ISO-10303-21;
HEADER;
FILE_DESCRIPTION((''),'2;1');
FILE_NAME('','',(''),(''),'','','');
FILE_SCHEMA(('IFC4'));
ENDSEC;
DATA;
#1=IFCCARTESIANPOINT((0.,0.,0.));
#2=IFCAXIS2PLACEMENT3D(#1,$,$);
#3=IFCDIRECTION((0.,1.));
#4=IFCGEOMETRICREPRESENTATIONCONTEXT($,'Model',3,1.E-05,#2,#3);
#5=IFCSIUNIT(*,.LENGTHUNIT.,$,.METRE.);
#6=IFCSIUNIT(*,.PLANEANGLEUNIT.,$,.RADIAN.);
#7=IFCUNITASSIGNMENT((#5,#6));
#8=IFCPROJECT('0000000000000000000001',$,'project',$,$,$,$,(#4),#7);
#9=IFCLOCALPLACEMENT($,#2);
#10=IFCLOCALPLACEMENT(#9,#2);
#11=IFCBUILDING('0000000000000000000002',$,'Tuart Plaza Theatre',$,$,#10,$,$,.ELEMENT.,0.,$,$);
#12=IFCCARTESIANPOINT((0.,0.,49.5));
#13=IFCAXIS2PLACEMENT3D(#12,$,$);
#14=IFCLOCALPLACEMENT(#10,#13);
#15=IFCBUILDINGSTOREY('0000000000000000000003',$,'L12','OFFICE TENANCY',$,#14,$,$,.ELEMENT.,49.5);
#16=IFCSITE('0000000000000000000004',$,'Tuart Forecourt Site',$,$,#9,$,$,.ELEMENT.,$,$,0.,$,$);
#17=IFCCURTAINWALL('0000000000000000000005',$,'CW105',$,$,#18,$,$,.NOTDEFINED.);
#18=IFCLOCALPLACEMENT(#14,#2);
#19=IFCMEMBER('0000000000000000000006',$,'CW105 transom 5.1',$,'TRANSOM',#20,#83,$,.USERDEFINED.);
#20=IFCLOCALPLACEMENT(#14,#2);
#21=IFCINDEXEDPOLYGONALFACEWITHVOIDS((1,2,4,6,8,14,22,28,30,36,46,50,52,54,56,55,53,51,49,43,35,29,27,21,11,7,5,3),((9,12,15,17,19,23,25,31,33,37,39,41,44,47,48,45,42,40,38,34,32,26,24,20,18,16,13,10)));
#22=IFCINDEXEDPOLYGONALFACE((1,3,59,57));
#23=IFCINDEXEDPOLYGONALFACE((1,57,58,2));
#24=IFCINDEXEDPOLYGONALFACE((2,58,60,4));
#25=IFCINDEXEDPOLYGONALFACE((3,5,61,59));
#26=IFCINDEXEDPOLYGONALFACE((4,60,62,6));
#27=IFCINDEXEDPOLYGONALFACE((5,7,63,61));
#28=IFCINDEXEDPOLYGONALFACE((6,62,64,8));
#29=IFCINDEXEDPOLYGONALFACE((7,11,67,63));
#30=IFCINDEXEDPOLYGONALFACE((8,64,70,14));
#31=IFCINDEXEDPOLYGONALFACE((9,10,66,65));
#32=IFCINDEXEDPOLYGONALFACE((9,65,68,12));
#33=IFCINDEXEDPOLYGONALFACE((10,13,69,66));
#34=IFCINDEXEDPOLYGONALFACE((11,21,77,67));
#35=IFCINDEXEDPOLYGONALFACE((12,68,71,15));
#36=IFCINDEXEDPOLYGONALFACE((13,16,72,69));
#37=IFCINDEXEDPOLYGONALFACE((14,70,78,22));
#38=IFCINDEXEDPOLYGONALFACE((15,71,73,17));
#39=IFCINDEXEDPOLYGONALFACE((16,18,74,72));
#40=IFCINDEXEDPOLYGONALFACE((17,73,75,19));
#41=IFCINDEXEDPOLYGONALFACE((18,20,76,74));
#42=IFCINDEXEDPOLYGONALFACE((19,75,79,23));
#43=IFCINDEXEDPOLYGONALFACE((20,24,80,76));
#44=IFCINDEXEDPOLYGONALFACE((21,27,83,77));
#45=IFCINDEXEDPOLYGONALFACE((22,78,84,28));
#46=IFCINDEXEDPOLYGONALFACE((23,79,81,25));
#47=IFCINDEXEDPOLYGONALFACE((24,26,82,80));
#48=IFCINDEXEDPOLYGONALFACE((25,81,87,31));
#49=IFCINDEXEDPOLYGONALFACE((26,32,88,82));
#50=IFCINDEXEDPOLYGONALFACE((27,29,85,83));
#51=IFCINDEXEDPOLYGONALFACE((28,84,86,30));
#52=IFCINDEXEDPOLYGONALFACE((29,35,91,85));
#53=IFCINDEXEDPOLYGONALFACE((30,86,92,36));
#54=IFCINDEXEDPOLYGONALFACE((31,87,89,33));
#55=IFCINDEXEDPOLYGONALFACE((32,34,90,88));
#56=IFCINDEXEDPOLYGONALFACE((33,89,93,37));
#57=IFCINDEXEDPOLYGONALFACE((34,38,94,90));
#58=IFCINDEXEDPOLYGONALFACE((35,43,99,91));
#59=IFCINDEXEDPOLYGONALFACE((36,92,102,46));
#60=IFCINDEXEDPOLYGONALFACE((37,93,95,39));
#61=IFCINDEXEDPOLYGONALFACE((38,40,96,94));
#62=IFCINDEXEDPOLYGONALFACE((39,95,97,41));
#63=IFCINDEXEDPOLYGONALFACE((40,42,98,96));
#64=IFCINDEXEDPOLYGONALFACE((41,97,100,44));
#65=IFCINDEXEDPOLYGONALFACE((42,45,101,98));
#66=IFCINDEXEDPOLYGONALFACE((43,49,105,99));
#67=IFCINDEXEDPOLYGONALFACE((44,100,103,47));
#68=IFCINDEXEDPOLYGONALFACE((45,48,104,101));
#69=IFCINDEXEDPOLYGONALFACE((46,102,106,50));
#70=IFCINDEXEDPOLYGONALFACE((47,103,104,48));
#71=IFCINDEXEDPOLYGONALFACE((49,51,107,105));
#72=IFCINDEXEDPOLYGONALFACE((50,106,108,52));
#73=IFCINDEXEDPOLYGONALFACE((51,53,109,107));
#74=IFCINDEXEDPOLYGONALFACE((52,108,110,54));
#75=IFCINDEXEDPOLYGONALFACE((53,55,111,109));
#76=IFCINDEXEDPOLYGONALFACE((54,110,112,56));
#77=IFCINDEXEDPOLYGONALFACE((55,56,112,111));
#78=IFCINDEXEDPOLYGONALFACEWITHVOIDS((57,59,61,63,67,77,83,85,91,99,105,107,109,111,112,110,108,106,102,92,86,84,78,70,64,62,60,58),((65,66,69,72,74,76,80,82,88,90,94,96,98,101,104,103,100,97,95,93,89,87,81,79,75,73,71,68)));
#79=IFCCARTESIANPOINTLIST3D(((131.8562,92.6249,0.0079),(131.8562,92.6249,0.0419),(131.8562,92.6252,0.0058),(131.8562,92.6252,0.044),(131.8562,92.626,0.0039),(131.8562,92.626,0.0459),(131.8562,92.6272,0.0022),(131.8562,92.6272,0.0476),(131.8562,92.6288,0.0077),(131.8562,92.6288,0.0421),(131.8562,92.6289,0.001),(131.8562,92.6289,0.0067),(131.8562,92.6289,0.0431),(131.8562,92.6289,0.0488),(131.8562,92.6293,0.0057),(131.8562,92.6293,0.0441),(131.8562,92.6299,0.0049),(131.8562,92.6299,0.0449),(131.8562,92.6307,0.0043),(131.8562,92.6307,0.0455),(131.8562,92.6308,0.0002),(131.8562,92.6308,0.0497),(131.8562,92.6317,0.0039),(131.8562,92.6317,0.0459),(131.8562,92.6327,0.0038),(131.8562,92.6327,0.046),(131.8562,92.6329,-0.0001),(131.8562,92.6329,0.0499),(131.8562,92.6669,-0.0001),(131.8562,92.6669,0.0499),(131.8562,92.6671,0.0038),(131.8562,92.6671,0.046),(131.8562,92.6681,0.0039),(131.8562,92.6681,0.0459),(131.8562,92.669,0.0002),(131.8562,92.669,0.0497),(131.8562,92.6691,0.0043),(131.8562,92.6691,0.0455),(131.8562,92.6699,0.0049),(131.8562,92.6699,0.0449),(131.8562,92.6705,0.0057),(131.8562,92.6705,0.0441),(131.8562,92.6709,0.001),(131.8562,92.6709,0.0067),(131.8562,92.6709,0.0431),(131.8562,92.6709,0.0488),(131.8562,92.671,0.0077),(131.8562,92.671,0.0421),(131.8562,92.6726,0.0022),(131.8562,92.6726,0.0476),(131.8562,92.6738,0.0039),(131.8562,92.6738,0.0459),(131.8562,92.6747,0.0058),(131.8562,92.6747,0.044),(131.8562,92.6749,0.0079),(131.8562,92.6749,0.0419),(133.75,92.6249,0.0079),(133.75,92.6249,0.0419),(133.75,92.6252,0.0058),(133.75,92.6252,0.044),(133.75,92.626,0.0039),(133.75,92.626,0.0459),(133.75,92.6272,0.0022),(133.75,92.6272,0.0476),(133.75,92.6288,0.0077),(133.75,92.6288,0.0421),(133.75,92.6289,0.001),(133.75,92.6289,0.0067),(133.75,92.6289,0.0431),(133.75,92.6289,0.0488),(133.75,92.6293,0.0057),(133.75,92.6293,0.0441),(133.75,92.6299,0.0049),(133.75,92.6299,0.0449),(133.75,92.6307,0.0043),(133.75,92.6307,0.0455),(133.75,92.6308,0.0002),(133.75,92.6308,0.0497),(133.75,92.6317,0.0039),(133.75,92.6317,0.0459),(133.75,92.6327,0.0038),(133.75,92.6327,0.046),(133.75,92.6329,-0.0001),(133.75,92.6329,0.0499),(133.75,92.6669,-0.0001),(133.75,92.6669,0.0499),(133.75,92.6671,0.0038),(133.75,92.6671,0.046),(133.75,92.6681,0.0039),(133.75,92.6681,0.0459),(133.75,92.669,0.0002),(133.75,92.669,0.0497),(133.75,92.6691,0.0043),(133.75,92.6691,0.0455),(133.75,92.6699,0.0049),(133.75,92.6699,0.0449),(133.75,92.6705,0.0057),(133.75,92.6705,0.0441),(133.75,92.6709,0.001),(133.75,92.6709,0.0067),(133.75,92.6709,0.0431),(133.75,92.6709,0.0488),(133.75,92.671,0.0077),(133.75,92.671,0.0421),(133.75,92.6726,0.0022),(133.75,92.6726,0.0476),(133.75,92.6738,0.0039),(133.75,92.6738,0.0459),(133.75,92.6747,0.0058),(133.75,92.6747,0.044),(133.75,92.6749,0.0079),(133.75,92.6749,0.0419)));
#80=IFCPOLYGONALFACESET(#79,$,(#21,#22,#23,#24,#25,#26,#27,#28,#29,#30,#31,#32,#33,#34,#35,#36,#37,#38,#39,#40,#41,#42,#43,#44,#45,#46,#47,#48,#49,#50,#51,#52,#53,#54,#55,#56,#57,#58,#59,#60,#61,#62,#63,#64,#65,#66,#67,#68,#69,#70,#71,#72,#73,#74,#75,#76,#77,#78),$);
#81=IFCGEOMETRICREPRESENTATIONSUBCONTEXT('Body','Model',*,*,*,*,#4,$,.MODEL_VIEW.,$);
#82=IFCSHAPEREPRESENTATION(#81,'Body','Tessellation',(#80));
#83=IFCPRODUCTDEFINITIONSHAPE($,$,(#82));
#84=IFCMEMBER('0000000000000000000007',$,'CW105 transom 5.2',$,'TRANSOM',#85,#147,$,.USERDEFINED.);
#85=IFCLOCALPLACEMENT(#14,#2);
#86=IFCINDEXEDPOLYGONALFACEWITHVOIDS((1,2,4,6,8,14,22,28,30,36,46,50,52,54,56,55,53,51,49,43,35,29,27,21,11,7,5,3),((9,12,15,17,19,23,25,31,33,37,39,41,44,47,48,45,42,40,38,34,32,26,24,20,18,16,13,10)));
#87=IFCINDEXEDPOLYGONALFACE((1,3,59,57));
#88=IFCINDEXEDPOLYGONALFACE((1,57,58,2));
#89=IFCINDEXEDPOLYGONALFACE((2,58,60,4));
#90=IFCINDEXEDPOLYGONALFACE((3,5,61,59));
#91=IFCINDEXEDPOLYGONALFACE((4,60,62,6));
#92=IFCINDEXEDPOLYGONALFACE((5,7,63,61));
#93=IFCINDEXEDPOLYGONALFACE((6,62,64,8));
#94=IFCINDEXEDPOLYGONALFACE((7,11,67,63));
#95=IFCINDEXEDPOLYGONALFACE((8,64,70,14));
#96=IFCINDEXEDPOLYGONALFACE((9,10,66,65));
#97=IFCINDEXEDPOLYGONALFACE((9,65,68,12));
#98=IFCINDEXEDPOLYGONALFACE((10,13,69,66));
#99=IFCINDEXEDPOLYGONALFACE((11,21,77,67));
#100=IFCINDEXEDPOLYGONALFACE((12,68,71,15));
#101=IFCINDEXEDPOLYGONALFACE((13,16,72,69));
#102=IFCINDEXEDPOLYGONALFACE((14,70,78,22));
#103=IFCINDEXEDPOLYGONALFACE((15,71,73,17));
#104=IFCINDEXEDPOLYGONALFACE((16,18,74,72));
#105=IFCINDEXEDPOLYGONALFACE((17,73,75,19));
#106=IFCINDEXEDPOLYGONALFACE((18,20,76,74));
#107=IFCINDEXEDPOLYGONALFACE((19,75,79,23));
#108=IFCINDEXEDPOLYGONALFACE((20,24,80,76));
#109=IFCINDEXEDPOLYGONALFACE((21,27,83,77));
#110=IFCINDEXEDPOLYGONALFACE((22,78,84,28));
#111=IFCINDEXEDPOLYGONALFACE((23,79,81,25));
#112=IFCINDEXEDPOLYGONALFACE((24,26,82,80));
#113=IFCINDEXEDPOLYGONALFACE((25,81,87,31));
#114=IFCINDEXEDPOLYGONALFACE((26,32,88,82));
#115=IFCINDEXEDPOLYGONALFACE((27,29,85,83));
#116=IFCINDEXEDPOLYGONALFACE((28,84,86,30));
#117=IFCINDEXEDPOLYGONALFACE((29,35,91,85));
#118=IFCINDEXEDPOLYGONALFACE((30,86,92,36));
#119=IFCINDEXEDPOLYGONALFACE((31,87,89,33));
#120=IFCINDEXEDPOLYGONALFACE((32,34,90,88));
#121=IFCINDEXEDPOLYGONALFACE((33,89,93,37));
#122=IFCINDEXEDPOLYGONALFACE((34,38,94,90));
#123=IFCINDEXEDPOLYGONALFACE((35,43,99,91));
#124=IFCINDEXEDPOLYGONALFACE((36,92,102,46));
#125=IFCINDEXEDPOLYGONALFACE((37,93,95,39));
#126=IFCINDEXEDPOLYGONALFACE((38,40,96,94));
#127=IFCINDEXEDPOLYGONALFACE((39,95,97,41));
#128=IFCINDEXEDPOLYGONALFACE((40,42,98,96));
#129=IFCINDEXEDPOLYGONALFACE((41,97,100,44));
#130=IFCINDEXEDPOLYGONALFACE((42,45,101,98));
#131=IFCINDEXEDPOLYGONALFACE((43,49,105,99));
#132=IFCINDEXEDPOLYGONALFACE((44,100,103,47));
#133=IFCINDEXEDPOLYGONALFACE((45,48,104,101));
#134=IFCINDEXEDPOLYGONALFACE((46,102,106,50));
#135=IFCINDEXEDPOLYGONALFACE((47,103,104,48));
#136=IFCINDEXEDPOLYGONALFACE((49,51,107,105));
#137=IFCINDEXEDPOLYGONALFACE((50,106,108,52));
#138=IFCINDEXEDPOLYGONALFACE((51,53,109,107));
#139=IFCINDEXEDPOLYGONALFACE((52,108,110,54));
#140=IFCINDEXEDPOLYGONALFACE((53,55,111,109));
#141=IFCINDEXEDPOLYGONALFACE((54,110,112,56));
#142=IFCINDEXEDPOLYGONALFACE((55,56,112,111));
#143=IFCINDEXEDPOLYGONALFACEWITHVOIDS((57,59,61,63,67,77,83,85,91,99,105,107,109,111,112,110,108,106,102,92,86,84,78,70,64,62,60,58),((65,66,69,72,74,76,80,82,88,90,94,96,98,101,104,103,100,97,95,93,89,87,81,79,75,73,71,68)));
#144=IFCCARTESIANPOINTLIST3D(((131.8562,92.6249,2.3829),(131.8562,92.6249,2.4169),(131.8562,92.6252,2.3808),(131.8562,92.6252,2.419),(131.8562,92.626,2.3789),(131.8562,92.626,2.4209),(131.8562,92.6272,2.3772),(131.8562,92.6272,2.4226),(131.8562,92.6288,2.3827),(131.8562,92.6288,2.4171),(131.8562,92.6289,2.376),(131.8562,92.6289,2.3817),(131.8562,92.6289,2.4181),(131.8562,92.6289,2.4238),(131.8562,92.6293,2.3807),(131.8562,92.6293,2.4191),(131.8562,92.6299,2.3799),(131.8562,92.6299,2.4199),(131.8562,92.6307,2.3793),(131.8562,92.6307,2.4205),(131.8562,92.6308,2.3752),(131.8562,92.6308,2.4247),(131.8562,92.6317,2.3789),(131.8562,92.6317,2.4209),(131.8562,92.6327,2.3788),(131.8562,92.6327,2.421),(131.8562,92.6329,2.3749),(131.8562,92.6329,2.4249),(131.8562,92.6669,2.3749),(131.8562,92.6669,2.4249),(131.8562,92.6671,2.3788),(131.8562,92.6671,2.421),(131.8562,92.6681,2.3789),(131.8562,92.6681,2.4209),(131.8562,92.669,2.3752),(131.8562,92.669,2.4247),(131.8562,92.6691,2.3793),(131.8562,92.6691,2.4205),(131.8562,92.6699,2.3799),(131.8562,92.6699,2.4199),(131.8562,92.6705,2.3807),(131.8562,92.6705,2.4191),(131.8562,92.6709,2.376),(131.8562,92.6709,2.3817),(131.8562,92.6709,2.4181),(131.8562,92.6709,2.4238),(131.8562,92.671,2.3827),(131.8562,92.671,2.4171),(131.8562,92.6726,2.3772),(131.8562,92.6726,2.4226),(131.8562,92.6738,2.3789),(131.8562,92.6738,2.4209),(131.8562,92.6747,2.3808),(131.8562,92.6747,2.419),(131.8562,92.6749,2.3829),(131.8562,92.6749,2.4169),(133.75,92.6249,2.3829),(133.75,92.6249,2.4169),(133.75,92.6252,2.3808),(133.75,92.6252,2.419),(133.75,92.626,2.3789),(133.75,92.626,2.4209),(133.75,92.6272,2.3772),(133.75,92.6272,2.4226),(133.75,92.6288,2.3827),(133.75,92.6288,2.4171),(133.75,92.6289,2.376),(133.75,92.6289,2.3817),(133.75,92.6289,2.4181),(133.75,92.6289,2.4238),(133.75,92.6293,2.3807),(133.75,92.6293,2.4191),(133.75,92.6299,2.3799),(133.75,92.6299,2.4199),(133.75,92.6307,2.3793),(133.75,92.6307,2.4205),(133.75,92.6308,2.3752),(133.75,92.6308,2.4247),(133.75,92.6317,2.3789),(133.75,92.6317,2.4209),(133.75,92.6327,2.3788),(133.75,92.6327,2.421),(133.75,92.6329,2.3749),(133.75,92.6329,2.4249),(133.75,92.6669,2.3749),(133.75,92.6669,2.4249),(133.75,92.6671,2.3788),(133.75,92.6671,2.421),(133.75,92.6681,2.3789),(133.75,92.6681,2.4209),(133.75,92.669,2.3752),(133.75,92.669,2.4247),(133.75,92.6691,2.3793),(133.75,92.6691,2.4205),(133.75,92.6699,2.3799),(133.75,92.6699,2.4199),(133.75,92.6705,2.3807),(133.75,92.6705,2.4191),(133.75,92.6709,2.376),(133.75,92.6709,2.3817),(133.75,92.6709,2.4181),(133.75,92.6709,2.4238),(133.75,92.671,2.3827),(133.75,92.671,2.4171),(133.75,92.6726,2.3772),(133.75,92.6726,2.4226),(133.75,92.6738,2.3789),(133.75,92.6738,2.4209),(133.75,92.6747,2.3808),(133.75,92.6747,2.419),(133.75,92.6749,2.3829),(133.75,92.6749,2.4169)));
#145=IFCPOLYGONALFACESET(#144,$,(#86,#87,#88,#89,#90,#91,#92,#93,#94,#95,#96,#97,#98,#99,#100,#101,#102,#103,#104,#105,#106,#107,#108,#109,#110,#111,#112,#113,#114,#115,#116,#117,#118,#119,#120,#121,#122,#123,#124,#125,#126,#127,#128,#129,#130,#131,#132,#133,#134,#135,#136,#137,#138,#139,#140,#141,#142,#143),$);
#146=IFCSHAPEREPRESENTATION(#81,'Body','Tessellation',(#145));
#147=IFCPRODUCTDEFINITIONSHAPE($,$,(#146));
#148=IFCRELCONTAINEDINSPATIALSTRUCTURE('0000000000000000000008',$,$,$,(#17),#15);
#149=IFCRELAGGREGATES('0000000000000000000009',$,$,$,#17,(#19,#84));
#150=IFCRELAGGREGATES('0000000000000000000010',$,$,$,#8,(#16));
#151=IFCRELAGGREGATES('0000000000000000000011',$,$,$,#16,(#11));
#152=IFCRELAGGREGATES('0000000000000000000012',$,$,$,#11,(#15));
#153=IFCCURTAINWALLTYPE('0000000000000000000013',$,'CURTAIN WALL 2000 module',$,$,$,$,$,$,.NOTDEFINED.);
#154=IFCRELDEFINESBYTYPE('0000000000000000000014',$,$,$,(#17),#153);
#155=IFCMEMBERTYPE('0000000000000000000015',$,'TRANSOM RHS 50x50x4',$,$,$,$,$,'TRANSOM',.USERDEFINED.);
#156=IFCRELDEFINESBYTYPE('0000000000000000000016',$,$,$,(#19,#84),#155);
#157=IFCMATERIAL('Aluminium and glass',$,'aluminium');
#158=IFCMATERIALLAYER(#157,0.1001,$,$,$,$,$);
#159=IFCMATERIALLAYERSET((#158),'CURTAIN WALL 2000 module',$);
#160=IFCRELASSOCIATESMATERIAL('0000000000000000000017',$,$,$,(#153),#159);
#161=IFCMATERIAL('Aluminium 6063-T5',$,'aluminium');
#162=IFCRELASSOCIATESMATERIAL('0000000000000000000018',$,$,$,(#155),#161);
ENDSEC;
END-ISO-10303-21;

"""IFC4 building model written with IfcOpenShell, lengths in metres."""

from ifc_helpers import new_model, si_unit, direction, frame, origin, origin_2d, place, context, subcontext, project, spatial, hollow_rectangle, extrude, material, layer, layer_set, material_profile, profile_set, type_object, element, aggregate, save


model = new_model("IFC4")

# Units and contexts
model_context = context("Model", 3, precision=1e-05, world=origin(), true_north=direction((0.0, 1.0)))
body_context = subcontext(model_context, "Body", "Model", "MODEL_VIEW")
ifc_project = project(units=[si_unit("LENGTHUNIT", "METRE"), si_unit("PLANEANGLEUNIT", "RADIAN")], contexts=[model_context])

# Site, building, storey
site_placement = place(None, origin())
site = spatial("IfcSite", under=ifc_project, at=site_placement, Name="Tuart Forecourt Site", CompositionType="ELEMENT", RefElevation=0.0)
building_placement = place(site_placement, origin())
building = spatial("IfcBuilding", under=site, at=building_placement, Name="Tuart Plaza Theatre", CompositionType="ELEMENT", ElevationOfRefHeight=0.0)
storey_placement = place(building_placement, frame((0.0, 0.0, 49.5)))
storey = spatial("IfcBuildingStorey", under=building, at=storey_placement, Name="L12", Description="OFFICE TENANCY", CompositionType="ELEMENT", Elevation=49.5)

# Curtain wall, members
ifc_material_1 = material(Name="Aluminium and glass", Category="aluminium")
ifc_layer_1 = layer(ifc_material_1, 0.1001)
ifc_layer_set_1 = layer_set([ifc_layer_1], Name="CURTAIN WALL 2000 module")
curtain_wall_type = type_object("IfcCurtainWallType", Name="CURTAIN WALL 2000 module", PredefinedType="NOTDEFINED", material=ifc_layer_set_1)
curtain_wall_placement = place(storey_placement, origin())
curtain_wall = element("IfcCurtainWall", 1, at=curtain_wall_placement, inside=storey, type_object=curtain_wall_type, Name="CW105", PredefinedType="NOTDEFINED")
ifc_material_2 = material(Name="Aluminium 6063-T5", Category="aluminium")
ifc_material_profile_1 = material_profile(ifc_material_2, hollow_rectangle(XDim=0.05, YDim=0.05, WallThickness=0.0039, InnerFilletRadius=0.0039, OuterFilletRadius=0.0081, at=origin_2d()), Name="RHS 50x50x4")
ifc_profile_set_1 = profile_set([ifc_material_profile_1], Name="Aluminium 6063-T5")
member_type_1 = type_object("IfcMemberType", Name="TRANSOM RHS 50x50x4", ElementType="TRANSOM", PredefinedType="USERDEFINED", material=ifc_profile_set_1)
member_1_placement = place(storey_placement, frame((133.75, 92.6499, 0.0249), z_axis=(-1.0, 0.0, 0.0), x_axis=(0.0, -1.0, 0.0)))
member_1 = element("IfcMember", 2, at=member_1_placement, type_object=member_type_1, Name="CW105 transom 5.1", ObjectType="TRANSOM", PredefinedType="USERDEFINED", context=body_context, shape_type="SweptSolid", body=[
    extrude(hollow_rectangle(XDim=0.05, YDim=0.05, WallThickness=0.0039, InnerFilletRadius=0.0039, OuterFilletRadius=0.0081, at=origin_2d()), origin(), (0.0, 0.0, 1.0), 1.8938),
])
member_2_placement = place(storey_placement, frame((133.75, 92.6499, 2.3999), z_axis=(-1.0, 0.0, 0.0), x_axis=(0.0, -1.0, 0.0)))
member_2 = element("IfcMember", 3, at=member_2_placement, type_object=member_type_1, Name="CW105 transom 5.2", ObjectType="TRANSOM", PredefinedType="USERDEFINED", context=body_context, shape_type="SweptSolid", body=[
    extrude(hollow_rectangle(XDim=0.05, YDim=0.05, WallThickness=0.0039, InnerFilletRadius=0.0039, OuterFilletRadius=0.0081, at=origin_2d()), origin(), (0.0, 0.0, 1.0), 1.8938),
])
aggregate(curtain_wall, [member_1, member_2])

save(model, "model.ifc")
